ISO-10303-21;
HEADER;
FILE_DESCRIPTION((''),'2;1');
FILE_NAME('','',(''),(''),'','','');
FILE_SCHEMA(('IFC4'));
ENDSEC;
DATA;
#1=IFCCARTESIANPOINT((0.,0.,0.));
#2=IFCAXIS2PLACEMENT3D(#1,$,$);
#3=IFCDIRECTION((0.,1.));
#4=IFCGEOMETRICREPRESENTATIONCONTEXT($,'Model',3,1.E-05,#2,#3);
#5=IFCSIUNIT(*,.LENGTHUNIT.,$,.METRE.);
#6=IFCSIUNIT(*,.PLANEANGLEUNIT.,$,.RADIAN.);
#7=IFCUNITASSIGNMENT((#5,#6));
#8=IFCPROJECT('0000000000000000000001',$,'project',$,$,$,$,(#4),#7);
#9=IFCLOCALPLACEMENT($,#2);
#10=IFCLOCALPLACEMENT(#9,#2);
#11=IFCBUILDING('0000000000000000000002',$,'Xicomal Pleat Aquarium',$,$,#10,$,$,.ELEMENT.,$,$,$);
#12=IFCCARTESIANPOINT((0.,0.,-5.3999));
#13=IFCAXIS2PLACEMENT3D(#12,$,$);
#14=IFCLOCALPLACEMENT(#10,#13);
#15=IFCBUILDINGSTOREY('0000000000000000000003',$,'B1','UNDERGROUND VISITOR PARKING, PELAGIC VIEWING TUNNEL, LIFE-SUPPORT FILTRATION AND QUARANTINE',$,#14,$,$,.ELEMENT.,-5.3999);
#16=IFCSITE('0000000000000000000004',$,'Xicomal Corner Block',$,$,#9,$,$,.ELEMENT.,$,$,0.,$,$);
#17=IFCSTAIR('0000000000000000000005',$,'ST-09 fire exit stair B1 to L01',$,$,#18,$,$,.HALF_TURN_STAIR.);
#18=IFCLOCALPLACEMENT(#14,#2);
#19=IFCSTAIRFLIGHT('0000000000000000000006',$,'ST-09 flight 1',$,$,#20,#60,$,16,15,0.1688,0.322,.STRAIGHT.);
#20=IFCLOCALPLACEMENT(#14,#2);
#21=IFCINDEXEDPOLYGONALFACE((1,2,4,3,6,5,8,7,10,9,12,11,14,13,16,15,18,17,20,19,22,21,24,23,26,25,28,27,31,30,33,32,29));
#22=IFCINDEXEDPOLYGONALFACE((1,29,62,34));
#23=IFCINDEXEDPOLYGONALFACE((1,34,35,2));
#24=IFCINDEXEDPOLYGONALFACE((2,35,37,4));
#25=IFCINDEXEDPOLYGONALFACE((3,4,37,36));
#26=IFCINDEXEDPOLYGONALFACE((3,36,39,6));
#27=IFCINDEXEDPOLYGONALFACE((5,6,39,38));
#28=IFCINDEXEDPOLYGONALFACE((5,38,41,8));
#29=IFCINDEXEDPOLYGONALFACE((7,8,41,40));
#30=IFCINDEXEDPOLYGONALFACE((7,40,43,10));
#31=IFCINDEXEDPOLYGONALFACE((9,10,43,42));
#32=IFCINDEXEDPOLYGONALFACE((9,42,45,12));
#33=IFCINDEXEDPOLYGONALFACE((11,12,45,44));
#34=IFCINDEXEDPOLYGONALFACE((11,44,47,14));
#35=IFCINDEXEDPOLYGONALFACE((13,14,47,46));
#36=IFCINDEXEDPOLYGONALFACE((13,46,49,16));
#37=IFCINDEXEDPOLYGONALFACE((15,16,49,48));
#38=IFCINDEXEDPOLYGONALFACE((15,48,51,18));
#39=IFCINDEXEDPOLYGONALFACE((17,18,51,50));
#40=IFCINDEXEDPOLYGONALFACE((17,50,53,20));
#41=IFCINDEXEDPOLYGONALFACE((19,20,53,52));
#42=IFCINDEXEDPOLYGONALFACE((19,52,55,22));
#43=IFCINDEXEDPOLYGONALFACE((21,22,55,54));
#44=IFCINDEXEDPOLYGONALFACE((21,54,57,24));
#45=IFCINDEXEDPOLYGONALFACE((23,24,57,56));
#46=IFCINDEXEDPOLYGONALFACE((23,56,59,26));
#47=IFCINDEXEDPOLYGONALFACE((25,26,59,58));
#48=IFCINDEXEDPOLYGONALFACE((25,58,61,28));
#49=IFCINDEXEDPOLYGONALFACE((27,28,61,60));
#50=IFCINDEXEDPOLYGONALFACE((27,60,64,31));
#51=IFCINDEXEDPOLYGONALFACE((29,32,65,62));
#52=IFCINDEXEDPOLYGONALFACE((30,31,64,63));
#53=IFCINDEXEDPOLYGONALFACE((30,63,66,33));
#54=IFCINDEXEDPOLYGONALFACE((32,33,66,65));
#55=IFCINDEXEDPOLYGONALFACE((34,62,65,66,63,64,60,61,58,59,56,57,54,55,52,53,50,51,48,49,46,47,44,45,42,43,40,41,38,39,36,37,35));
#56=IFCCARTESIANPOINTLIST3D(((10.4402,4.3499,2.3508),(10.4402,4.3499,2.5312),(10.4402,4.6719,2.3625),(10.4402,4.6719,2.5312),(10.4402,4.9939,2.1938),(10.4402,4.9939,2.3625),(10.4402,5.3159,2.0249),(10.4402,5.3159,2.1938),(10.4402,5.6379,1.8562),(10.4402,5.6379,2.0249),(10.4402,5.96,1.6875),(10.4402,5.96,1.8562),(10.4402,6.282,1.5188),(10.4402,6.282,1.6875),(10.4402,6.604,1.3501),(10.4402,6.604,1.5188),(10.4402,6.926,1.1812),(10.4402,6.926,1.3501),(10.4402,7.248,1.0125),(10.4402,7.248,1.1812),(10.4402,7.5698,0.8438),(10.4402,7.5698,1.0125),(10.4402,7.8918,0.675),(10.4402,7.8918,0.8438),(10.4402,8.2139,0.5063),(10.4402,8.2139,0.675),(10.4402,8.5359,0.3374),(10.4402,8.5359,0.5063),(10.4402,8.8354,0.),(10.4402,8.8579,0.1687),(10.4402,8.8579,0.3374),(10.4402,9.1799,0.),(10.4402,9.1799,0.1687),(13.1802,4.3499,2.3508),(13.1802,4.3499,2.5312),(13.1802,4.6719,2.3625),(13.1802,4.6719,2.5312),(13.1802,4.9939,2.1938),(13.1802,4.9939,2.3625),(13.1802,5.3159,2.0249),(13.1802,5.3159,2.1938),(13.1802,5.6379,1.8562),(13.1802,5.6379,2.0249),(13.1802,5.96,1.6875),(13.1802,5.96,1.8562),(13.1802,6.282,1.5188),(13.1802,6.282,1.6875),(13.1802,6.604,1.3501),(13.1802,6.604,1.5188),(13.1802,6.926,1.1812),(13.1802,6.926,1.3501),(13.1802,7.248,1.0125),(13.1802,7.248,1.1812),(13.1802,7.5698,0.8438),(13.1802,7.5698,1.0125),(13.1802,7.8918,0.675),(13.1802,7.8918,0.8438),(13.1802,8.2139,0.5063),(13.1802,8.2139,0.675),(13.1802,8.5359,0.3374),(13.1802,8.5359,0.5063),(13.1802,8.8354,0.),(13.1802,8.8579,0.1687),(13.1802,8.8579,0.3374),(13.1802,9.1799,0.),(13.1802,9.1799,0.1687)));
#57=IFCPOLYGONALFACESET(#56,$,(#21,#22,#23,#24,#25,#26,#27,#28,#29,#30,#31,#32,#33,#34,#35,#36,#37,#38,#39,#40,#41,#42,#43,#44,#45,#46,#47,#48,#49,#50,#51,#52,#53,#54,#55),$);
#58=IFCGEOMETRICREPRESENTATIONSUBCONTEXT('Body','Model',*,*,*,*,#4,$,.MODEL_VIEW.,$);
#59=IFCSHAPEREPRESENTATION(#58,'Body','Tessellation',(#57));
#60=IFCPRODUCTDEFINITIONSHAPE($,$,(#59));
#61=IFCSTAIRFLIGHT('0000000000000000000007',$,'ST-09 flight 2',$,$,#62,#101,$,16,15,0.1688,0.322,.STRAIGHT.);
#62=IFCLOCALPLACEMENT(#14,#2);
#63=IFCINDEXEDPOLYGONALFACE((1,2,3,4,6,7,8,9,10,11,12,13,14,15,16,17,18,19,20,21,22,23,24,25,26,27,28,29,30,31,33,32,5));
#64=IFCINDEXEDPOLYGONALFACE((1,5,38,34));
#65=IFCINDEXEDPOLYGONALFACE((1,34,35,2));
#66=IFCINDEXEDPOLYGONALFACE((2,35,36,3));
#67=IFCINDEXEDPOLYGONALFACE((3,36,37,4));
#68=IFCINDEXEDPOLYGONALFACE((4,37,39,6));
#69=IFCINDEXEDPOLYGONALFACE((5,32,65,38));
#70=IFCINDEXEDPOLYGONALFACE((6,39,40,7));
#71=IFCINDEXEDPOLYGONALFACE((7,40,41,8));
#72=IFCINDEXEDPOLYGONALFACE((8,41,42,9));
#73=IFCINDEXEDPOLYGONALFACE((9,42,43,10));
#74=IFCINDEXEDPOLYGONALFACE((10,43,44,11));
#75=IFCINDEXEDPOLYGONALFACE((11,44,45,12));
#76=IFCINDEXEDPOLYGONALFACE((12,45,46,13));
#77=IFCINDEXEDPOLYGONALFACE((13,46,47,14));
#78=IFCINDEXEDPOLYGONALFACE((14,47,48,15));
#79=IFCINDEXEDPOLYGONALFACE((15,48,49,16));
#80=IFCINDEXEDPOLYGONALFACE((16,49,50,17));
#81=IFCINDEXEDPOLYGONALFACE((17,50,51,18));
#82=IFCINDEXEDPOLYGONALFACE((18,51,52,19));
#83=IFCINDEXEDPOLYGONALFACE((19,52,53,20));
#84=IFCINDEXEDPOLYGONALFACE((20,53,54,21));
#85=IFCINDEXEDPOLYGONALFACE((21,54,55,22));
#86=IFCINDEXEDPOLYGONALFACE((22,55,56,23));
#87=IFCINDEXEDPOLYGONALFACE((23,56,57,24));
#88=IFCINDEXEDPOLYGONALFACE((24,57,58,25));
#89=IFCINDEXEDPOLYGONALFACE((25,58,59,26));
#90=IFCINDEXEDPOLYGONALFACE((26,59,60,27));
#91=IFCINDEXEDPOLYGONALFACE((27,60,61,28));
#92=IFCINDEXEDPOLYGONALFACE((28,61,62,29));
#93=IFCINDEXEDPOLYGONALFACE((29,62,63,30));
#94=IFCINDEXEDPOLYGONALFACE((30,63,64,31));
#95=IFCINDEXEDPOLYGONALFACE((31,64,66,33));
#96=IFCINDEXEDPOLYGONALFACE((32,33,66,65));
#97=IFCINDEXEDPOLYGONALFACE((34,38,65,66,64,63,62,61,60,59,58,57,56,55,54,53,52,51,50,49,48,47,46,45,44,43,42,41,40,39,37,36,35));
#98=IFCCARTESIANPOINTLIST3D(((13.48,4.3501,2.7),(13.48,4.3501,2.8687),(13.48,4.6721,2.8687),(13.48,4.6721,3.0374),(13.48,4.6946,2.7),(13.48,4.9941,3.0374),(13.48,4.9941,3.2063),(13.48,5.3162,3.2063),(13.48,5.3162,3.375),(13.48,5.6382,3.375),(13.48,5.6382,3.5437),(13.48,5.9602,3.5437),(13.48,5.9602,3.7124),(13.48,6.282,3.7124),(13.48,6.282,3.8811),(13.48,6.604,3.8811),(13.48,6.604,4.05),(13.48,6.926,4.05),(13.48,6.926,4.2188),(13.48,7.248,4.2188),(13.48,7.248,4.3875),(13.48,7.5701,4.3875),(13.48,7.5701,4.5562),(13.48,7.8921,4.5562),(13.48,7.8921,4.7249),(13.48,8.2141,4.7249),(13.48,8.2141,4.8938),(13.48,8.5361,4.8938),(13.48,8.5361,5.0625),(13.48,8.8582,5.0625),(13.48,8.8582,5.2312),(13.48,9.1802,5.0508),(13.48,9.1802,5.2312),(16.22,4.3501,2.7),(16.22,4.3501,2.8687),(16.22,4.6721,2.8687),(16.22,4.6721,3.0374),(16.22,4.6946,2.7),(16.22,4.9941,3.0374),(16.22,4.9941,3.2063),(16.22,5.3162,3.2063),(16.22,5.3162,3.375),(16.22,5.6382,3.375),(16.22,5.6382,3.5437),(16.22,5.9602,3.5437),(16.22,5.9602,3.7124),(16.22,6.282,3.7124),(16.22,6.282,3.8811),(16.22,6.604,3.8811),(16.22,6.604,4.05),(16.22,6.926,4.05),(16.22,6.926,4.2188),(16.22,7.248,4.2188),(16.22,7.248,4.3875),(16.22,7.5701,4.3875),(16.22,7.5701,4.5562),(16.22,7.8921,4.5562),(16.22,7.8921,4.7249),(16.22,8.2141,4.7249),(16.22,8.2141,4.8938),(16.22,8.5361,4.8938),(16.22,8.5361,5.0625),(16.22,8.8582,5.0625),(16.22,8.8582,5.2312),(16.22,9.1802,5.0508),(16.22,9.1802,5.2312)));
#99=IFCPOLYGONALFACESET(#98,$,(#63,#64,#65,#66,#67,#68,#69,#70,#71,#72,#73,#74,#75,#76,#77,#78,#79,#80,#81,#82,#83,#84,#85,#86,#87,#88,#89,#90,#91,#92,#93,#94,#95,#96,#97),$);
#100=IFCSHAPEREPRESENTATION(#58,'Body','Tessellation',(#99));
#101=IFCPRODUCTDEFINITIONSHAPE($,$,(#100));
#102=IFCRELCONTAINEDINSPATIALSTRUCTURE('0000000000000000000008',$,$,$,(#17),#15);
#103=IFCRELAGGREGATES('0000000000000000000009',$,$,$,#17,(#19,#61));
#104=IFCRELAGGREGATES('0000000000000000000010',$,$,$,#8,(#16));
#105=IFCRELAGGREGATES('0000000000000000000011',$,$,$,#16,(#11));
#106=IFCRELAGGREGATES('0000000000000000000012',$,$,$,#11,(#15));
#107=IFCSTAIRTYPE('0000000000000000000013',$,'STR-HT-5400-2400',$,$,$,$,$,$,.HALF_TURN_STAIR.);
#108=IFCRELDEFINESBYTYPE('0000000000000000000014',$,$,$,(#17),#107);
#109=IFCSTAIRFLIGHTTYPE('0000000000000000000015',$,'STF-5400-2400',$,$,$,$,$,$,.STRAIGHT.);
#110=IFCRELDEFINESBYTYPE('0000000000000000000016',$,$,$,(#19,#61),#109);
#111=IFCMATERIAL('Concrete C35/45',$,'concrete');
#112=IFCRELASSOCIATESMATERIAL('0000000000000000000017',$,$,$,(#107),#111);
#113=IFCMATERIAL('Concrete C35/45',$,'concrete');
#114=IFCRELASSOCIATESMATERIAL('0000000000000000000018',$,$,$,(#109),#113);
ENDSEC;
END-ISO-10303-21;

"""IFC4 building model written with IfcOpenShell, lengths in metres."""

from ifc_helpers import new_model, si_unit, direction, frame, origin, place, context, subcontext, project, spatial, polyline, outline, extrude, material, type_object, element, aggregate, save


model = new_model("IFC4")

# Units and contexts
model_context = context("Model", 3, precision=1e-05, world=origin(), true_north=direction((0.0, 1.0)))
body_context = subcontext(model_context, "Body", "Model", "MODEL_VIEW")
ifc_project = project(units=[si_unit("LENGTHUNIT", "METRE"), si_unit("PLANEANGLEUNIT", "RADIAN")], contexts=[model_context])

# Site, building, storey
site_placement = place(None, origin())
site = spatial("IfcSite", under=ifc_project, at=site_placement, Name="Xicomal Corner Block", CompositionType="ELEMENT", RefElevation=0.0)
building_placement = place(site_placement, origin())
building = spatial("IfcBuilding", under=site, at=building_placement, Name="Xicomal Pleat Aquarium", CompositionType="ELEMENT")
storey_placement = place(building_placement, frame((0.0, 0.0, -5.3999)))
storey = spatial("IfcBuildingStorey", under=building, at=storey_placement, Name="B1", Description="UNDERGROUND VISITOR PARKING, PELAGIC VIEWING TUNNEL, LIFE-SUPPORT FILTRATION AND QUARANTINE", CompositionType="ELEMENT", Elevation=-5.3999)

# Stair, stair flights
ifc_material_1 = material(Name="Concrete C35/45", Category="concrete")
stair_type = type_object("IfcStairType", Name="STR-HT-5400-2400", PredefinedType="HALF_TURN_STAIR", material=ifc_material_1)
stair_placement = place(storey_placement, origin())
stair = element("IfcStair", 1, at=stair_placement, inside=storey, type_object=stair_type, Name="ST-09 fire exit stair B1 to L01", PredefinedType="HALF_TURN_STAIR")
ifc_material_2 = material(Name="Concrete C35/45", Category="concrete")
stair_flight_type = type_object("IfcStairFlightType", Name="STF-5400-2400", PredefinedType="STRAIGHT", material=ifc_material_2)
stair_flight_1_placement = place(storey_placement, frame((11.8101, 9.1799, 0.0), z_axis=(0.0, 0.0, 1.0), x_axis=(0.0, -1.0, 0.0)))
stair_flight_1 = element("IfcStairFlight", 2, at=stair_flight_1_placement, type_object=stair_flight_type, Name="ST-09 flight 1", NumberOfRisers=16, NumberOfTreads=15, PredefinedType="STRAIGHT", RiserHeight=0.1688, TreadLength=0.322, context=body_context, shape_type="SweptSolid", body=[
    extrude(outline(polyline([(0.0, 0.0), (0.0, 0.1687), (0.322, 0.1687), (0.322, 0.3374), (0.644, 0.3374), (0.644, 0.5063), (0.9661, 0.5063), (0.9661, 0.675), (1.2881, 0.675), (1.2881, 0.8438), (1.6101, 0.8438), (1.6101, 1.0125), (1.9319, 1.0125), (1.9319, 1.1812), (2.2539, 1.1812), (2.2539, 1.3501), (2.5759, 1.3501), (2.5759, 1.5188), (2.8979, 1.5188), (2.8979, 1.6875), (3.22, 1.6875), (3.22, 1.8562), (3.542, 1.8562), (3.542, 2.0249), (3.864, 2.0249), (3.864, 2.1938), (4.186, 2.1938), (4.186, 2.3625), (4.5081, 2.3625), (4.5081, 2.5312), (4.8301, 2.5312), (4.8301, 2.7), (4.8301, 2.3508), (0.3445, 0.0), (0.0, 0.0)])), frame((0.0, 1.3701, 0.0), z_axis=(0.0, -1.0, 0.0), x_axis=(1.0, 0.0, 0.0)), (0.0, 0.0, 1.0), 2.74),
])
stair_flight_2_placement = place(storey_placement, frame((14.8501, 4.3501, 2.7), z_axis=(0.0, 0.0, 1.0), x_axis=(0.0, 1.0, 0.0)))
stair_flight_2 = element("IfcStairFlight", 3, at=stair_flight_2_placement, type_object=stair_flight_type, Name="ST-09 flight 2", NumberOfRisers=16, NumberOfTreads=15, PredefinedType="STRAIGHT", RiserHeight=0.1688, TreadLength=0.322, context=body_context, shape_type="SweptSolid", body=[
    extrude(outline(polyline([(0.0, 0.0), (0.0, 0.1687), (0.322, 0.1687), (0.322, 0.3374), (0.644, 0.3374), (0.644, 0.5063), (0.9661, 0.5063), (0.9661, 0.675), (1.2881, 0.675), (1.2881, 0.8438), (1.6101, 0.8438), (1.6101, 1.0125), (1.9319, 1.0125), (1.9319, 1.1812), (2.2539, 1.1812), (2.2539, 1.3501), (2.5759, 1.3501), (2.5759, 1.5188), (2.8979, 1.5188), (2.8979, 1.6875), (3.22, 1.6875), (3.22, 1.8562), (3.542, 1.8562), (3.542, 2.0249), (3.864, 2.0249), (3.864, 2.1938), (4.186, 2.1938), (4.186, 2.3625), (4.5081, 2.3625), (4.5081, 2.5312), (4.8301, 2.5312), (4.8301, 2.7), (4.8301, 2.3508), (0.3445, 0.0), (0.0, 0.0)])), frame((0.0, 1.3701, 0.0), z_axis=(0.0, -1.0, 0.0), x_axis=(1.0, 0.0, 0.0)), (0.0, 0.0, 1.0), 2.74),
])
aggregate(stair, [stair_flight_1, stair_flight_2])

save(model, "model.ifc")
